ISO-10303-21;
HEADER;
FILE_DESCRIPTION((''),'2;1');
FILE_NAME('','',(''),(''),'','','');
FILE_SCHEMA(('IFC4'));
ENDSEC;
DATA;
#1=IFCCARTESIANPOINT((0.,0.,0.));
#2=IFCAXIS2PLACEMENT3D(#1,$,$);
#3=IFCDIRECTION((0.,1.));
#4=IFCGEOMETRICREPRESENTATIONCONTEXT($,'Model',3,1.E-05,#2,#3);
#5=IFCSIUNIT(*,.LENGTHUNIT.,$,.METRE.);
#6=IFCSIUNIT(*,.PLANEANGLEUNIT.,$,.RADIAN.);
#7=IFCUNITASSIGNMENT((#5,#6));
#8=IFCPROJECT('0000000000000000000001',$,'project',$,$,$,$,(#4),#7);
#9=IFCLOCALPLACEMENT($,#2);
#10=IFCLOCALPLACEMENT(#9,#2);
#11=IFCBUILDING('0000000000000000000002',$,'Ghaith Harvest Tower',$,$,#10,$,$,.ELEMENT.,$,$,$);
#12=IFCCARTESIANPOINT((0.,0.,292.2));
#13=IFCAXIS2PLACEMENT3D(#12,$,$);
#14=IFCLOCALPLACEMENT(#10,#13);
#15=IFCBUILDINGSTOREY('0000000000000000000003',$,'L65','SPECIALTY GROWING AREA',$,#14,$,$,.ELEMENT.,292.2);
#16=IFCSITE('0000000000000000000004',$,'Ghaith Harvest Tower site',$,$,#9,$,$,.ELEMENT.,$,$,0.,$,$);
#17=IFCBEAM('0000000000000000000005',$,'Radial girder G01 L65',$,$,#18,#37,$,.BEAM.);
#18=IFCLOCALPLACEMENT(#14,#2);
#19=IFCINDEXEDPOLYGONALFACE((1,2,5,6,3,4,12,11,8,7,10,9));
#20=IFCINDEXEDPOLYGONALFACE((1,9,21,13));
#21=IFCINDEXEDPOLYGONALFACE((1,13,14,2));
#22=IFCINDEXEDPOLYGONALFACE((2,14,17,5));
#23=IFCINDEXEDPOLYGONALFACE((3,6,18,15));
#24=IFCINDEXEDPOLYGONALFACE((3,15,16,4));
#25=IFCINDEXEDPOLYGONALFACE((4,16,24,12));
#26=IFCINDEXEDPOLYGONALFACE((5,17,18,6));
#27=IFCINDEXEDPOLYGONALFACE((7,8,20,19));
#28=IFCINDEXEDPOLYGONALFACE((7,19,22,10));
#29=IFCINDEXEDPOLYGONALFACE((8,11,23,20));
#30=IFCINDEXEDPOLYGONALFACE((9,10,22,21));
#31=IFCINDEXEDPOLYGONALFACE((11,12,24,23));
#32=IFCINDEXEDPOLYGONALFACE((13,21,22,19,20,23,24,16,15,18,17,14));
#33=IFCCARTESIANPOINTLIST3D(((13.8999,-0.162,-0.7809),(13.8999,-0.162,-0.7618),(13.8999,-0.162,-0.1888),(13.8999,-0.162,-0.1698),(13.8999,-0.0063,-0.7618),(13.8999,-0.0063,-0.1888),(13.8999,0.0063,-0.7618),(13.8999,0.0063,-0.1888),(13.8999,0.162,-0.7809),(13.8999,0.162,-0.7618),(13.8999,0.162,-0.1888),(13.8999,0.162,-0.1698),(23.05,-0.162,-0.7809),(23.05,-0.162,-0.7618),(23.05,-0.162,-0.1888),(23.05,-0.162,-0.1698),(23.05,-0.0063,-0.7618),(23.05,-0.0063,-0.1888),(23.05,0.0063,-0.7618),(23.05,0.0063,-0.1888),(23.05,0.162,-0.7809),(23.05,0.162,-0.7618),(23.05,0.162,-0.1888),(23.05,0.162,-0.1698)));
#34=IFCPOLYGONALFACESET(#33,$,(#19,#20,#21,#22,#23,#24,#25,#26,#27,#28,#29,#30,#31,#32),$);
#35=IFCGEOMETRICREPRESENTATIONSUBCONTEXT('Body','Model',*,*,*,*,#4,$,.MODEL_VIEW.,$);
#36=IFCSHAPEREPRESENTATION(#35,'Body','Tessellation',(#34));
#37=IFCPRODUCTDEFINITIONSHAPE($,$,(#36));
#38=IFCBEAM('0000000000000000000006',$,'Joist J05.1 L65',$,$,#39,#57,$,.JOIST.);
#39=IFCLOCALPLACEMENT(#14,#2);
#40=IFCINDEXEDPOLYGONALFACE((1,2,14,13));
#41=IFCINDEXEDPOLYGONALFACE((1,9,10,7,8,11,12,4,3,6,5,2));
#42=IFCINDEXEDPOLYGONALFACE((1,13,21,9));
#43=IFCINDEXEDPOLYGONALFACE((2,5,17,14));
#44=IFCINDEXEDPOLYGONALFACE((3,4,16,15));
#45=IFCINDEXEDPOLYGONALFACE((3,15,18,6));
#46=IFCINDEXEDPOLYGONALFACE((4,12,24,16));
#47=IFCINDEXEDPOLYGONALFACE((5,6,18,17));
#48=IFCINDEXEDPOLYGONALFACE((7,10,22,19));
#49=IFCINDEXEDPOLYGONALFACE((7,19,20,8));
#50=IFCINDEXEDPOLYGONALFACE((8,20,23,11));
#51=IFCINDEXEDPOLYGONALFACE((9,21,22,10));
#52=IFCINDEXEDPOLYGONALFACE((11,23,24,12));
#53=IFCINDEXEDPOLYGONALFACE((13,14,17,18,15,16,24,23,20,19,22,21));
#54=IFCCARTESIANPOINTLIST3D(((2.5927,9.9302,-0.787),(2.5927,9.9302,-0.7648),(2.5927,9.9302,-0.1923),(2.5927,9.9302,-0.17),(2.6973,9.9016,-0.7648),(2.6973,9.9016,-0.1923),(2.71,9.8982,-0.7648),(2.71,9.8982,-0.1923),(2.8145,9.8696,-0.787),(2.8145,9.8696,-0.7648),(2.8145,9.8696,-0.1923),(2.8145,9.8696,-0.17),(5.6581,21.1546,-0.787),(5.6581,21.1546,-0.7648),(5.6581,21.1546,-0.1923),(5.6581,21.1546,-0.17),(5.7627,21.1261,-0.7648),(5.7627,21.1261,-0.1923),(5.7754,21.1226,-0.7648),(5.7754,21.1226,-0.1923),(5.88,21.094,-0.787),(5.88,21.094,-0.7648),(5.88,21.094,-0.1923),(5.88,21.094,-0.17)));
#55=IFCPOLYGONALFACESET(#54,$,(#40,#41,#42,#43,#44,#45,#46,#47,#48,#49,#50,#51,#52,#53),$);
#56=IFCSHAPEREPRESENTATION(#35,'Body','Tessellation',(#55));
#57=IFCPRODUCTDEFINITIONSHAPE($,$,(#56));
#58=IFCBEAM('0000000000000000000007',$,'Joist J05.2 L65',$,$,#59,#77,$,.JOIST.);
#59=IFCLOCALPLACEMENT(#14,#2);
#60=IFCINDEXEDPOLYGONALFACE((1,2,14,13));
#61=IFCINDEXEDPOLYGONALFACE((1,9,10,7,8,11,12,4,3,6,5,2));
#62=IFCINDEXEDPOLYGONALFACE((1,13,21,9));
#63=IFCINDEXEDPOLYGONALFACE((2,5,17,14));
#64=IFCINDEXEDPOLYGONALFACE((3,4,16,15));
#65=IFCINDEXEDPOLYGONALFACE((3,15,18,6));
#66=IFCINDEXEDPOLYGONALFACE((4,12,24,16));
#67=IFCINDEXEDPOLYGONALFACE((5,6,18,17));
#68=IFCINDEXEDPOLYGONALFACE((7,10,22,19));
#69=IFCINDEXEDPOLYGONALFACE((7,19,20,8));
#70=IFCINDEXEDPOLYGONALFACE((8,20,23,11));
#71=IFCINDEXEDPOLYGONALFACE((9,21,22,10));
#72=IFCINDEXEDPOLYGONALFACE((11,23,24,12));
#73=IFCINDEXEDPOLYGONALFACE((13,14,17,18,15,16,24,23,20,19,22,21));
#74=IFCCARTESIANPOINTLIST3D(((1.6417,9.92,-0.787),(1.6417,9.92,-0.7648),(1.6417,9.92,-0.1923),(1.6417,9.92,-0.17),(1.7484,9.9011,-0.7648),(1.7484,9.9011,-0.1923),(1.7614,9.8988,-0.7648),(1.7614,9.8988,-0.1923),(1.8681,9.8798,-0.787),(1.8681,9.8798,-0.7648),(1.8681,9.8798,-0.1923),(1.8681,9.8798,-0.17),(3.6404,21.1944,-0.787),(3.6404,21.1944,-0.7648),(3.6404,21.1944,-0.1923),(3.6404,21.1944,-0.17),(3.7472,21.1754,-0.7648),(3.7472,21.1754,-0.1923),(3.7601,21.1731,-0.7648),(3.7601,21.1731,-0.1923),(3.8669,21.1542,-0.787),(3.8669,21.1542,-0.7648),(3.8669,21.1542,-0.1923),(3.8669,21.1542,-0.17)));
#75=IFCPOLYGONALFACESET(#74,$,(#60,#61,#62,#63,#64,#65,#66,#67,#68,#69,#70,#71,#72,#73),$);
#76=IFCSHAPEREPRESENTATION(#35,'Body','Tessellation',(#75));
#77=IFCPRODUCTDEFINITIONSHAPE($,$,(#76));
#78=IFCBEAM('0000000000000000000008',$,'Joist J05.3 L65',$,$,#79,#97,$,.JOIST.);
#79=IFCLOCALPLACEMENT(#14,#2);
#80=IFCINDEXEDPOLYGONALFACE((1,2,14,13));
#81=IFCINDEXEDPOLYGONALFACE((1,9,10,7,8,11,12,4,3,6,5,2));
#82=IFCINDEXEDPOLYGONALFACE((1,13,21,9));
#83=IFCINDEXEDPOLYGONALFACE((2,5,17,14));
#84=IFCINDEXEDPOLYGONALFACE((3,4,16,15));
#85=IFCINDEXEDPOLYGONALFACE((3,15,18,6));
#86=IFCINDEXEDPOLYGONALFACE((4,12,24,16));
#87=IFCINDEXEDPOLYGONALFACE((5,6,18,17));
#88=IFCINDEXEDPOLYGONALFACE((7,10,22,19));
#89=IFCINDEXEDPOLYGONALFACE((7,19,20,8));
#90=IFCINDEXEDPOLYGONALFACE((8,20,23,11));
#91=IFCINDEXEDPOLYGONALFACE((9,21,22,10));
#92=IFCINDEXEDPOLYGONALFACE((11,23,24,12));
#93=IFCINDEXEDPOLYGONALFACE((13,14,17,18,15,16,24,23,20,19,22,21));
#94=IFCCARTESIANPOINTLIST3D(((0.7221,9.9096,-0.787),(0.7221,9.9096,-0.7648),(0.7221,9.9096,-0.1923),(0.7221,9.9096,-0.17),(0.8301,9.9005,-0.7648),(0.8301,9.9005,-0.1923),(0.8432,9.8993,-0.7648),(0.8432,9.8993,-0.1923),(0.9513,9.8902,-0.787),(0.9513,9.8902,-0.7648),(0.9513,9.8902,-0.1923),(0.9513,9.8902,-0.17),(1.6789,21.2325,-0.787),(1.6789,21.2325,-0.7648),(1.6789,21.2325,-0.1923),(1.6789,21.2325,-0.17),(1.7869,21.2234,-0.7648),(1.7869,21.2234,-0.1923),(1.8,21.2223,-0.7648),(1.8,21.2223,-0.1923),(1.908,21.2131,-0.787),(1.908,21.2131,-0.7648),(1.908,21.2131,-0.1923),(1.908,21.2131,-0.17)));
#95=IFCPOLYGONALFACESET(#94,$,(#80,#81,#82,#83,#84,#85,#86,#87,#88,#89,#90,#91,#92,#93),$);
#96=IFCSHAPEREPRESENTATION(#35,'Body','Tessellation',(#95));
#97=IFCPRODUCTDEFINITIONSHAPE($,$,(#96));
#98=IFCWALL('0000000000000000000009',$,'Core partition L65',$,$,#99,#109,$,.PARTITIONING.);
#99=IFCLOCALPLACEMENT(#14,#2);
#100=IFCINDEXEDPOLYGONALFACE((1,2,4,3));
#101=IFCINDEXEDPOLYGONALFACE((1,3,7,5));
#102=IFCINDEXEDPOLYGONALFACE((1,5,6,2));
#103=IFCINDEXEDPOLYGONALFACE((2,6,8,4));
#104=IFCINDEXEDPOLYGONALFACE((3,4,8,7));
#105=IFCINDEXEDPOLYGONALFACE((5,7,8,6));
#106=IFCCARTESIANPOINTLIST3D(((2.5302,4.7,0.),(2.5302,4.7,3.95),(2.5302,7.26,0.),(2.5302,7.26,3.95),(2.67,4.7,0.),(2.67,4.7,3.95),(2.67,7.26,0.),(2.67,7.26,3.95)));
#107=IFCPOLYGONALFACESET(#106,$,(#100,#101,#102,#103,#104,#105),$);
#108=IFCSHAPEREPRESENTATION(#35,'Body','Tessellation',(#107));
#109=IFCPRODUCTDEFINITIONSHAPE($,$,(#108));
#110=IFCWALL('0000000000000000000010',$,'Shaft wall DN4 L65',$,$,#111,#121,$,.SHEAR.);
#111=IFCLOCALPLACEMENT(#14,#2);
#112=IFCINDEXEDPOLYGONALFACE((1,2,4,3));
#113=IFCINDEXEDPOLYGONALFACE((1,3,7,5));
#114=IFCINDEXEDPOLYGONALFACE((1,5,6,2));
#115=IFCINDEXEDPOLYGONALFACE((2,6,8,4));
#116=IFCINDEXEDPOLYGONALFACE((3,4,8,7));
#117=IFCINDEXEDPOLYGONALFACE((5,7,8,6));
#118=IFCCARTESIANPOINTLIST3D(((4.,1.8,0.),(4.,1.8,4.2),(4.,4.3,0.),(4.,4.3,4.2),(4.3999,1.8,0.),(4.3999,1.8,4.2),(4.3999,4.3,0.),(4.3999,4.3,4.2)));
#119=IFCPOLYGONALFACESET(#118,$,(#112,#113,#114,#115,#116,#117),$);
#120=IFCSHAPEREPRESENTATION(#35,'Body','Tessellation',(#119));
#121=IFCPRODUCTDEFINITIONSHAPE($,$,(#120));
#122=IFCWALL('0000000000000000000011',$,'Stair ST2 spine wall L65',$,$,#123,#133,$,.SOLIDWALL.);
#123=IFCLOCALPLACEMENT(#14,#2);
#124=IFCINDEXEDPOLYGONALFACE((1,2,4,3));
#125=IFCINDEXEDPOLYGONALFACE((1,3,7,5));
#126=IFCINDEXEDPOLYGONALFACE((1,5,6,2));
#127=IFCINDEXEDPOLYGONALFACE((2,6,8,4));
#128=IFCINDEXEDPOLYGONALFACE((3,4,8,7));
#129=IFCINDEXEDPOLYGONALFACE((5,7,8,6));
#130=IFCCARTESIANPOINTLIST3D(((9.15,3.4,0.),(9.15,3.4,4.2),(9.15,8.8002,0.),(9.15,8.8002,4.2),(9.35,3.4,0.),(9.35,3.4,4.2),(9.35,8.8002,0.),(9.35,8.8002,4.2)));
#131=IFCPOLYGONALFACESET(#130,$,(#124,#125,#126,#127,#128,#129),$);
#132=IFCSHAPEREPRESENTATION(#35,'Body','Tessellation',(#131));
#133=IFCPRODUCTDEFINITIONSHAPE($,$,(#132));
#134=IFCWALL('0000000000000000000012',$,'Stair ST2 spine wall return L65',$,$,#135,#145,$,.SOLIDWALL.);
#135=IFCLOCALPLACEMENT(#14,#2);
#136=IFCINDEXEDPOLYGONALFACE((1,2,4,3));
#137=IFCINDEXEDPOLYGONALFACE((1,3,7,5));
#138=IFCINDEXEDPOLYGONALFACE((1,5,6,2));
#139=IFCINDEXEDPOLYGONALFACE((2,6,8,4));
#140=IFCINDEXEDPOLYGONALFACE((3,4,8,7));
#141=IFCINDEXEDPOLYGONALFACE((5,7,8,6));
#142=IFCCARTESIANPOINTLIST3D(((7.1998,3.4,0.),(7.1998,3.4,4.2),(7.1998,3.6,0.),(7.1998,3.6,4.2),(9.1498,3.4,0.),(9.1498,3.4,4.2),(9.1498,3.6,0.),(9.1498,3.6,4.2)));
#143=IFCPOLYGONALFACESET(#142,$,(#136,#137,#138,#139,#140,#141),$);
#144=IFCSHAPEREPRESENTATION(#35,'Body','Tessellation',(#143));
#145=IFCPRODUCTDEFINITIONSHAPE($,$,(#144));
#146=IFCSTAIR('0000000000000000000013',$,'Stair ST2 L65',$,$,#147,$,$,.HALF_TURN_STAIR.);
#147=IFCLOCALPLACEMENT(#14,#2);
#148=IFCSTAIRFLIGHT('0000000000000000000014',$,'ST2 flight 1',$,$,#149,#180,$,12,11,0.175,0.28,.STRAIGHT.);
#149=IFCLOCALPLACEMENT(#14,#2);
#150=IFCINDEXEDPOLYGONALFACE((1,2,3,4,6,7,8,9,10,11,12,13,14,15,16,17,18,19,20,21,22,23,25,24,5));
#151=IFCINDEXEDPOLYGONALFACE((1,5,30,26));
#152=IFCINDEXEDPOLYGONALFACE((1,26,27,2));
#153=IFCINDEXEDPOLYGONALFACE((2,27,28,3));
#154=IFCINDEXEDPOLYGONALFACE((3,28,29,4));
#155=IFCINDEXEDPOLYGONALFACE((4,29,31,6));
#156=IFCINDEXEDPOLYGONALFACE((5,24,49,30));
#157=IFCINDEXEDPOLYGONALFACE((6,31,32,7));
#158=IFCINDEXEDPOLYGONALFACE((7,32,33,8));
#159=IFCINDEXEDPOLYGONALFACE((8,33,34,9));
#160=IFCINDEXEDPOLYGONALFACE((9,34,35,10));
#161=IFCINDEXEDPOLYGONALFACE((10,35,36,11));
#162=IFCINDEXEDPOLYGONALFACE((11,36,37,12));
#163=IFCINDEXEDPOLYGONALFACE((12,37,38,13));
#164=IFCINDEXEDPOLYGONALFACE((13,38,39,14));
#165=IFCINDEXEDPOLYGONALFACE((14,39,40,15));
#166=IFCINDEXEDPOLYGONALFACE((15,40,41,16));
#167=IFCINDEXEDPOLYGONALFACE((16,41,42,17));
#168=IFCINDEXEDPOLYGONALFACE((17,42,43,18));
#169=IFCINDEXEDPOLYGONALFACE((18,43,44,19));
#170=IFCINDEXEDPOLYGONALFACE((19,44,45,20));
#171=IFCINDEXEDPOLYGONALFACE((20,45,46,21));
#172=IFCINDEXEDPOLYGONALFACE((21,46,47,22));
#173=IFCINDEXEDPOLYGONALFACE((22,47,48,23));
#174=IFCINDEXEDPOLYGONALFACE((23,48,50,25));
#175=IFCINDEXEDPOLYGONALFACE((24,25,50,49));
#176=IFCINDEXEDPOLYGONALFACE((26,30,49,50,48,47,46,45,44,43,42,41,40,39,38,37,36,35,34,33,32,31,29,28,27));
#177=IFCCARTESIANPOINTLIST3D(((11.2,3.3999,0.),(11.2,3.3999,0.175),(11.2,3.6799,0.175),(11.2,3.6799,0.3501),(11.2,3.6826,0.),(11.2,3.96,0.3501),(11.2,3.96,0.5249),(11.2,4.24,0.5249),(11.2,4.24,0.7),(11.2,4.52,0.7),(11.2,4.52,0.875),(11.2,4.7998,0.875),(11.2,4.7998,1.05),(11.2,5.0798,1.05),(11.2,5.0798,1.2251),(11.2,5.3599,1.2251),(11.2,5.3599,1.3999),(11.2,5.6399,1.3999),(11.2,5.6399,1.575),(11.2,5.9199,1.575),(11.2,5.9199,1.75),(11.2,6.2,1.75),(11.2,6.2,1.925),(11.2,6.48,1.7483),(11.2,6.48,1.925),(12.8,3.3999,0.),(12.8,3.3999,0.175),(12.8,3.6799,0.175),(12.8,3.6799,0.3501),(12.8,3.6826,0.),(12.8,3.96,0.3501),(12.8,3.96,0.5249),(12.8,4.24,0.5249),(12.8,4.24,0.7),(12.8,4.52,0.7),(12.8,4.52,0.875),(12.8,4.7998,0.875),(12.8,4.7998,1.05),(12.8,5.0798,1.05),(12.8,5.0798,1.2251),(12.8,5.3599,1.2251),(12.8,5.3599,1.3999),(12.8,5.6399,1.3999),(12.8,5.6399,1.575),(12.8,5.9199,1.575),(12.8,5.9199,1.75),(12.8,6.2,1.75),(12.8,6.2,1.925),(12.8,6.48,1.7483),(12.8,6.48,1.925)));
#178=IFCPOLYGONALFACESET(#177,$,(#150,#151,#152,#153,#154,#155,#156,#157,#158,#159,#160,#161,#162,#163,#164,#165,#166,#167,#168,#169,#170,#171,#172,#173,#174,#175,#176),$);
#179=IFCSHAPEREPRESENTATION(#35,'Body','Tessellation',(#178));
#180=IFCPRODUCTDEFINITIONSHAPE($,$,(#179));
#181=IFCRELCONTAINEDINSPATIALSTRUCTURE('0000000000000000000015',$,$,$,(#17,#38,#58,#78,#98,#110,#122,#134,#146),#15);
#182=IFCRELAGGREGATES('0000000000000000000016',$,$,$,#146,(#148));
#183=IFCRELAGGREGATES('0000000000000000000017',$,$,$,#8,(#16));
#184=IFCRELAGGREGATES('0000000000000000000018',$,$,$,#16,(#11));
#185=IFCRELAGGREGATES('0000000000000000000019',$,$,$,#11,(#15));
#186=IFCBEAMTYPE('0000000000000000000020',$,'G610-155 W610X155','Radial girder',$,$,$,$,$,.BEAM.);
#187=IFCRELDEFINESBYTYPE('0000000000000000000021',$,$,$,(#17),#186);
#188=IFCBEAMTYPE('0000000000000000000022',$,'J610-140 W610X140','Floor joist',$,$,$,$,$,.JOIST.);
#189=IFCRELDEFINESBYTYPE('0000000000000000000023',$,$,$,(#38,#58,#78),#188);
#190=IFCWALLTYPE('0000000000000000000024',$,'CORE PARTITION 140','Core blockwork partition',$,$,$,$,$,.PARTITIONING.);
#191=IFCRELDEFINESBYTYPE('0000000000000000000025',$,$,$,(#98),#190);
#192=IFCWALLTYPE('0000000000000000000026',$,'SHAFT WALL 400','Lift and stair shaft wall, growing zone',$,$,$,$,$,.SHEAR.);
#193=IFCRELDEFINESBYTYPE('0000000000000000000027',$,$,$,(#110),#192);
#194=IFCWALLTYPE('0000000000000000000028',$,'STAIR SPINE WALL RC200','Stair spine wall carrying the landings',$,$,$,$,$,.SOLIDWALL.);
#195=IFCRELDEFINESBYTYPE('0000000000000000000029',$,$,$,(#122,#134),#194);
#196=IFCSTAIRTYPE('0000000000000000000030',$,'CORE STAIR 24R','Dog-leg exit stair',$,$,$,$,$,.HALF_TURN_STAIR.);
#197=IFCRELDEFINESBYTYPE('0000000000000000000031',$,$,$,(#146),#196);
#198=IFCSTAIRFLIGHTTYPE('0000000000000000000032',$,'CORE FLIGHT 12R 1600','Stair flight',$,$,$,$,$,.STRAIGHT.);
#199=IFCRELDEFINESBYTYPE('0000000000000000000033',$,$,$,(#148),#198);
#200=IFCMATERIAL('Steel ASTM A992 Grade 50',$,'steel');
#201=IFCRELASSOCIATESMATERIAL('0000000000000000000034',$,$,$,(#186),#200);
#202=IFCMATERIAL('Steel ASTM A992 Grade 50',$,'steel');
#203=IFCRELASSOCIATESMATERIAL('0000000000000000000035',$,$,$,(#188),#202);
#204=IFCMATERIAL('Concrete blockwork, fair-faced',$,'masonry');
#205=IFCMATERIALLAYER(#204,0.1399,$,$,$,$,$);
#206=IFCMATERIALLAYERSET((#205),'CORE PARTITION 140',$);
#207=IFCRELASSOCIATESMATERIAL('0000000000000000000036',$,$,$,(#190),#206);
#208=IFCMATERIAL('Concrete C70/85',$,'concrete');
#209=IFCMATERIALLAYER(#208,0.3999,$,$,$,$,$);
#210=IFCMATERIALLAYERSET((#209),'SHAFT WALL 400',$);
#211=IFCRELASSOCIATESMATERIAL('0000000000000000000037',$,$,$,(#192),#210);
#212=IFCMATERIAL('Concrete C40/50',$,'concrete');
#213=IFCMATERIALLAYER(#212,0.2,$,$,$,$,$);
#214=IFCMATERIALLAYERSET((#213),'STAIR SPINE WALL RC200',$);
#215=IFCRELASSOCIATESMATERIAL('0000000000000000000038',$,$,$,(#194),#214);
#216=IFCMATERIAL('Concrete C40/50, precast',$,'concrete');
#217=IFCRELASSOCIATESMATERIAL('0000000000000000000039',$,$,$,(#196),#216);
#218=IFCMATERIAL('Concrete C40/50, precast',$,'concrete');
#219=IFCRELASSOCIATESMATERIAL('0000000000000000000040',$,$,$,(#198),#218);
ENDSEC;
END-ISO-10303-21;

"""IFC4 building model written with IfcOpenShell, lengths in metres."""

from ifc_helpers import new_model, si_unit, direction, frame, frame_2d, origin, origin_2d, place, context, subcontext, project, spatial, polyline, rectangle, i_section, outline, extrude, material, layer, layer_set, material_profile, profile_set, type_object, element, aggregate, save


model = new_model("IFC4")

# Units and contexts
model_context = context("Model", 3, precision=1e-05, world=origin(), true_north=direction((0.0, 1.0)))
body_context = subcontext(model_context, "Body", "Model", "MODEL_VIEW")
ifc_project = project(units=[si_unit("LENGTHUNIT", "METRE"), si_unit("PLANEANGLEUNIT", "RADIAN")], contexts=[model_context])

# Site, building, storey
site_placement = place(None, origin())
site = spatial("IfcSite", under=ifc_project, at=site_placement, Name="Ghaith Harvest Tower site", CompositionType="ELEMENT", RefElevation=0.0)
building_placement = place(site_placement, origin())
building = spatial("IfcBuilding", under=site, at=building_placement, Name="Ghaith Harvest Tower", CompositionType="ELEMENT")
storey_placement = place(building_placement, frame((0.0, 0.0, 292.2)))
storey = spatial("IfcBuildingStorey", under=building, at=storey_placement, Name="L65", Description="SPECIALTY GROWING AREA", CompositionType="ELEMENT", Elevation=292.2)

# Beams
ifc_material_1 = material(Name="Steel ASTM A992 Grade 50", Category="steel")
ifc_material_profile_1 = material_profile(ifc_material_1, i_section(OverallWidth=0.324, OverallDepth=0.6111, WebThickness=0.0127, FlangeThickness=0.019, at=origin_2d()), Name="W610X155")
ifc_profile_set_1 = profile_set([ifc_material_profile_1], Name="Steel ASTM A992 Grade 50")
beam_type_1 = type_object("IfcBeamType", Name="G610-155 W610X155", Description="Radial girder", PredefinedType="BEAM", material=ifc_profile_set_1)
beam_1_placement = place(storey_placement, frame((13.8999, 0.0, -0.4753), z_axis=(1.0, 0.0, 0.0), x_axis=(0.0, 1.0, 0.0)))
element("IfcBeam", 1, at=beam_1_placement, inside=storey, type_object=beam_type_1, Name="Radial girder G01 L65", PredefinedType="BEAM", context=body_context, shape_type="SweptSolid", body=[
    extrude(i_section(OverallWidth=0.324, OverallDepth=0.6111, WebThickness=0.0127, FlangeThickness=0.019, at=origin_2d()), origin(), (0.0, 0.0, 1.0), 9.1501),
])
ifc_material_2 = material(Name="Steel ASTM A992 Grade 50", Category="steel")
ifc_material_profile_2 = material_profile(ifc_material_2, i_section(OverallWidth=0.23, OverallDepth=0.6169, WebThickness=0.0132, FlangeThickness=0.0222, at=origin_2d()), Name="W610X140")
ifc_profile_set_2 = profile_set([ifc_material_profile_2], Name="Steel ASTM A992 Grade 50")
beam_type_2 = type_object("IfcBeamType", Name="J610-140 W610X140", Description="Floor joist", PredefinedType="JOIST", material=ifc_profile_set_2)
beam_2_placement = place(storey_placement, frame((2.7036, 9.8999, -0.4785), z_axis=(0.263456, 0.964671, 0.0), x_axis=(-0.964671, 0.263456, 0.0)))
element("IfcBeam", 2, at=beam_2_placement, inside=storey, type_object=beam_type_2, Name="Joist J05.1 L65", PredefinedType="JOIST", context=body_context, shape_type="SweptSolid", body=[
    extrude(i_section(OverallWidth=0.23, OverallDepth=0.6169, WebThickness=0.0132, FlangeThickness=0.0222, at=origin_2d()), origin(), (0.0, 0.0, 1.0), 11.6355),
])
beam_3_placement = place(storey_placement, frame((1.7549, 9.8999, -0.4785), z_axis=(0.174563, 0.984646, 0.0), x_axis=(-0.984646, 0.174563, 0.0)))
element("IfcBeam", 3, at=beam_3_placement, inside=storey, type_object=beam_type_2, Name="Joist J05.2 L65", PredefinedType="JOIST", context=body_context, shape_type="SweptSolid", body=[
    extrude(i_section(OverallWidth=0.23, OverallDepth=0.6169, WebThickness=0.0132, FlangeThickness=0.0222, at=origin_2d()), origin(), (0.0, 0.0, 1.0), 11.4502),
])
beam_4_placement = place(storey_placement, frame((0.8367, 9.8999, -0.4785), z_axis=(0.084199, 0.996449, 0.0), x_axis=(-0.996449, 0.084199, 0.0)))
element("IfcBeam", 4, at=beam_4_placement, inside=storey, type_object=beam_type_2, Name="Joist J05.3 L65", PredefinedType="JOIST", context=body_context, shape_type="SweptSolid", body=[
    extrude(i_section(OverallWidth=0.23, OverallDepth=0.6169, WebThickness=0.0132, FlangeThickness=0.0222, at=origin_2d()), origin(), (0.0, 0.0, 1.0), 11.3633),
])

# Wall
ifc_material_3 = material(Name="Concrete blockwork, fair-faced", Category="masonry")
ifc_layer_1 = layer(ifc_material_3, 0.1399)
ifc_layer_set_1 = layer_set([ifc_layer_1], Name="CORE PARTITION 140")
wall_type_1 = type_object("IfcWallType", Name="CORE PARTITION 140", Description="Core blockwork partition", PredefinedType="PARTITIONING", material=ifc_layer_set_1)
wall_1_placement = place(storey_placement, frame((2.6001, 4.7, 0.0), z_axis=(0.0, 0.0, 1.0), x_axis=(0.0, 1.0, 0.0)))
element("IfcWall", 5, at=wall_1_placement, inside=storey, type_object=wall_type_1, Name="Core partition L65", PredefinedType="PARTITIONING", context=body_context, shape_type="SweptSolid", body=[
    extrude(rectangle(XDim=2.5601, YDim=0.1399, at=frame_2d((1.28, 0.0))), origin(), (0.0, 0.0, 1.0), 3.95),
])

# Shared definitions
ifc_material_4 = material(Name="Concrete C70/85", Category="concrete")
ifc_layer_2 = layer(ifc_material_4, 0.3999)
ifc_layer_set_2 = layer_set([ifc_layer_2], Name="SHAFT WALL 400")
wall_type_2 = type_object("IfcWallType", Name="SHAFT WALL 400", Description="Lift and stair shaft wall, growing zone", PredefinedType="SHEAR", material=ifc_layer_set_2)

# Walls
wall_2_placement = place(storey_placement, frame((4.2, 1.8, 0.0), z_axis=(0.0, 0.0, 1.0), x_axis=(0.0, 1.0, 0.0)))
element("IfcWall", 6, at=wall_2_placement, inside=storey, type_object=wall_type_2, Name="Shaft wall DN4 L65", PredefinedType="SHEAR", context=body_context, shape_type="SweptSolid", body=[
    extrude(rectangle(XDim=2.5, YDim=0.3999, at=frame_2d((1.25, 0.0))), origin(), (0.0, 0.0, 1.0), 4.2),
])
ifc_material_5 = material(Name="Concrete C40/50", Category="concrete")
ifc_layer_3 = layer(ifc_material_5, 0.2)
ifc_layer_set_3 = layer_set([ifc_layer_3], Name="STAIR SPINE WALL RC200")
wall_type_3 = type_object("IfcWallType", Name="STAIR SPINE WALL RC200", Description="Stair spine wall carrying the landings", PredefinedType="SOLIDWALL", material=ifc_layer_set_3)
wall_3_placement = place(storey_placement, frame((9.25, 3.3999, 0.0), z_axis=(0.0, 0.0, 1.0), x_axis=(0.0, 1.0, 0.0)))
element("IfcWall", 7, at=wall_3_placement, inside=storey, type_object=wall_type_3, Name="Stair ST2 spine wall L65", PredefinedType="SOLIDWALL", context=body_context, shape_type="SweptSolid", body=[
    extrude(rectangle(XDim=5.4001, YDim=0.2, at=frame_2d((2.7002, 0.0))), origin(), (0.0, 0.0, 1.0), 4.2),
])
wall_4_placement = place(storey_placement, frame((9.1499, 3.5, 0.0), z_axis=(0.0, 0.0, 1.0), x_axis=(-1.0, 0.0, 0.0)))
element("IfcWall", 8, at=wall_4_placement, inside=storey, type_object=wall_type_3, Name="Stair ST2 spine wall return L65", PredefinedType="SOLIDWALL", context=body_context, shape_type="SweptSolid", body=[
    extrude(rectangle(XDim=1.95, YDim=0.2, at=frame_2d((0.9751, 0.0))), origin(), (0.0, 0.0, 1.0), 4.2),
])

# Stair, stair flight
ifc_material_6 = material(Name="Concrete C40/50, precast", Category="concrete")
stair_type = type_object("IfcStairType", Name="CORE STAIR 24R", Description="Dog-leg exit stair", PredefinedType="HALF_TURN_STAIR", material=ifc_material_6)
stair_placement = place(storey_placement, origin())
stair = element("IfcStair", 9, at=stair_placement, inside=storey, type_object=stair_type, Name="Stair ST2 L65", PredefinedType="HALF_TURN_STAIR")
ifc_material_7 = material(Name="Concrete C40/50, precast", Category="concrete")
stair_flight_type = type_object("IfcStairFlightType", Name="CORE FLIGHT 12R 1600", Description="Stair flight", PredefinedType="STRAIGHT", material=ifc_material_7)
stair_flight_1_placement = place(storey_placement, frame((12.0, 3.3999, 0.0), z_axis=(0.0, 0.0, 1.0), x_axis=(0.0, 1.0, 0.0)))
stair_flight_1 = element("IfcStairFlight", 10, at=stair_flight_1_placement, type_object=stair_flight_type, Name="ST2 flight 1", NumberOfRisers=12, NumberOfTreads=11, PredefinedType="STRAIGHT", RiserHeight=0.175, TreadLength=0.28, context=body_context, shape_type="SweptSolid", body=[
    extrude(outline(polyline([(0.0, 0.0), (0.0, 0.175), (0.28, 0.175), (0.28, 0.3501), (0.5601, 0.3501), (0.5601, 0.5249), (0.8401, 0.5249), (0.8401, 0.7), (1.1201, 0.7), (1.1201, 0.875), (1.3999, 0.875), (1.3999, 1.05), (1.6799, 1.05), (1.6799, 1.2251), (1.96, 1.2251), (1.96, 1.3999), (2.24, 1.3999), (2.24, 1.575), (2.52, 1.575), (2.52, 1.75), (2.8, 1.75), (2.8, 1.925), (3.0801, 1.925), (3.0801, 2.1001), (3.0801, 1.7483), (0.2827, 0.0), (0.0, 0.0)])), frame((0.0, 0.8, 0.0), z_axis=(0.0, -1.0, 0.0), x_axis=(1.0, 0.0, 0.0)), (0.0, 0.0, 1.0), 1.6001),
])
aggregate(stair, [stair_flight_1])

save(model, "model.ifc")
